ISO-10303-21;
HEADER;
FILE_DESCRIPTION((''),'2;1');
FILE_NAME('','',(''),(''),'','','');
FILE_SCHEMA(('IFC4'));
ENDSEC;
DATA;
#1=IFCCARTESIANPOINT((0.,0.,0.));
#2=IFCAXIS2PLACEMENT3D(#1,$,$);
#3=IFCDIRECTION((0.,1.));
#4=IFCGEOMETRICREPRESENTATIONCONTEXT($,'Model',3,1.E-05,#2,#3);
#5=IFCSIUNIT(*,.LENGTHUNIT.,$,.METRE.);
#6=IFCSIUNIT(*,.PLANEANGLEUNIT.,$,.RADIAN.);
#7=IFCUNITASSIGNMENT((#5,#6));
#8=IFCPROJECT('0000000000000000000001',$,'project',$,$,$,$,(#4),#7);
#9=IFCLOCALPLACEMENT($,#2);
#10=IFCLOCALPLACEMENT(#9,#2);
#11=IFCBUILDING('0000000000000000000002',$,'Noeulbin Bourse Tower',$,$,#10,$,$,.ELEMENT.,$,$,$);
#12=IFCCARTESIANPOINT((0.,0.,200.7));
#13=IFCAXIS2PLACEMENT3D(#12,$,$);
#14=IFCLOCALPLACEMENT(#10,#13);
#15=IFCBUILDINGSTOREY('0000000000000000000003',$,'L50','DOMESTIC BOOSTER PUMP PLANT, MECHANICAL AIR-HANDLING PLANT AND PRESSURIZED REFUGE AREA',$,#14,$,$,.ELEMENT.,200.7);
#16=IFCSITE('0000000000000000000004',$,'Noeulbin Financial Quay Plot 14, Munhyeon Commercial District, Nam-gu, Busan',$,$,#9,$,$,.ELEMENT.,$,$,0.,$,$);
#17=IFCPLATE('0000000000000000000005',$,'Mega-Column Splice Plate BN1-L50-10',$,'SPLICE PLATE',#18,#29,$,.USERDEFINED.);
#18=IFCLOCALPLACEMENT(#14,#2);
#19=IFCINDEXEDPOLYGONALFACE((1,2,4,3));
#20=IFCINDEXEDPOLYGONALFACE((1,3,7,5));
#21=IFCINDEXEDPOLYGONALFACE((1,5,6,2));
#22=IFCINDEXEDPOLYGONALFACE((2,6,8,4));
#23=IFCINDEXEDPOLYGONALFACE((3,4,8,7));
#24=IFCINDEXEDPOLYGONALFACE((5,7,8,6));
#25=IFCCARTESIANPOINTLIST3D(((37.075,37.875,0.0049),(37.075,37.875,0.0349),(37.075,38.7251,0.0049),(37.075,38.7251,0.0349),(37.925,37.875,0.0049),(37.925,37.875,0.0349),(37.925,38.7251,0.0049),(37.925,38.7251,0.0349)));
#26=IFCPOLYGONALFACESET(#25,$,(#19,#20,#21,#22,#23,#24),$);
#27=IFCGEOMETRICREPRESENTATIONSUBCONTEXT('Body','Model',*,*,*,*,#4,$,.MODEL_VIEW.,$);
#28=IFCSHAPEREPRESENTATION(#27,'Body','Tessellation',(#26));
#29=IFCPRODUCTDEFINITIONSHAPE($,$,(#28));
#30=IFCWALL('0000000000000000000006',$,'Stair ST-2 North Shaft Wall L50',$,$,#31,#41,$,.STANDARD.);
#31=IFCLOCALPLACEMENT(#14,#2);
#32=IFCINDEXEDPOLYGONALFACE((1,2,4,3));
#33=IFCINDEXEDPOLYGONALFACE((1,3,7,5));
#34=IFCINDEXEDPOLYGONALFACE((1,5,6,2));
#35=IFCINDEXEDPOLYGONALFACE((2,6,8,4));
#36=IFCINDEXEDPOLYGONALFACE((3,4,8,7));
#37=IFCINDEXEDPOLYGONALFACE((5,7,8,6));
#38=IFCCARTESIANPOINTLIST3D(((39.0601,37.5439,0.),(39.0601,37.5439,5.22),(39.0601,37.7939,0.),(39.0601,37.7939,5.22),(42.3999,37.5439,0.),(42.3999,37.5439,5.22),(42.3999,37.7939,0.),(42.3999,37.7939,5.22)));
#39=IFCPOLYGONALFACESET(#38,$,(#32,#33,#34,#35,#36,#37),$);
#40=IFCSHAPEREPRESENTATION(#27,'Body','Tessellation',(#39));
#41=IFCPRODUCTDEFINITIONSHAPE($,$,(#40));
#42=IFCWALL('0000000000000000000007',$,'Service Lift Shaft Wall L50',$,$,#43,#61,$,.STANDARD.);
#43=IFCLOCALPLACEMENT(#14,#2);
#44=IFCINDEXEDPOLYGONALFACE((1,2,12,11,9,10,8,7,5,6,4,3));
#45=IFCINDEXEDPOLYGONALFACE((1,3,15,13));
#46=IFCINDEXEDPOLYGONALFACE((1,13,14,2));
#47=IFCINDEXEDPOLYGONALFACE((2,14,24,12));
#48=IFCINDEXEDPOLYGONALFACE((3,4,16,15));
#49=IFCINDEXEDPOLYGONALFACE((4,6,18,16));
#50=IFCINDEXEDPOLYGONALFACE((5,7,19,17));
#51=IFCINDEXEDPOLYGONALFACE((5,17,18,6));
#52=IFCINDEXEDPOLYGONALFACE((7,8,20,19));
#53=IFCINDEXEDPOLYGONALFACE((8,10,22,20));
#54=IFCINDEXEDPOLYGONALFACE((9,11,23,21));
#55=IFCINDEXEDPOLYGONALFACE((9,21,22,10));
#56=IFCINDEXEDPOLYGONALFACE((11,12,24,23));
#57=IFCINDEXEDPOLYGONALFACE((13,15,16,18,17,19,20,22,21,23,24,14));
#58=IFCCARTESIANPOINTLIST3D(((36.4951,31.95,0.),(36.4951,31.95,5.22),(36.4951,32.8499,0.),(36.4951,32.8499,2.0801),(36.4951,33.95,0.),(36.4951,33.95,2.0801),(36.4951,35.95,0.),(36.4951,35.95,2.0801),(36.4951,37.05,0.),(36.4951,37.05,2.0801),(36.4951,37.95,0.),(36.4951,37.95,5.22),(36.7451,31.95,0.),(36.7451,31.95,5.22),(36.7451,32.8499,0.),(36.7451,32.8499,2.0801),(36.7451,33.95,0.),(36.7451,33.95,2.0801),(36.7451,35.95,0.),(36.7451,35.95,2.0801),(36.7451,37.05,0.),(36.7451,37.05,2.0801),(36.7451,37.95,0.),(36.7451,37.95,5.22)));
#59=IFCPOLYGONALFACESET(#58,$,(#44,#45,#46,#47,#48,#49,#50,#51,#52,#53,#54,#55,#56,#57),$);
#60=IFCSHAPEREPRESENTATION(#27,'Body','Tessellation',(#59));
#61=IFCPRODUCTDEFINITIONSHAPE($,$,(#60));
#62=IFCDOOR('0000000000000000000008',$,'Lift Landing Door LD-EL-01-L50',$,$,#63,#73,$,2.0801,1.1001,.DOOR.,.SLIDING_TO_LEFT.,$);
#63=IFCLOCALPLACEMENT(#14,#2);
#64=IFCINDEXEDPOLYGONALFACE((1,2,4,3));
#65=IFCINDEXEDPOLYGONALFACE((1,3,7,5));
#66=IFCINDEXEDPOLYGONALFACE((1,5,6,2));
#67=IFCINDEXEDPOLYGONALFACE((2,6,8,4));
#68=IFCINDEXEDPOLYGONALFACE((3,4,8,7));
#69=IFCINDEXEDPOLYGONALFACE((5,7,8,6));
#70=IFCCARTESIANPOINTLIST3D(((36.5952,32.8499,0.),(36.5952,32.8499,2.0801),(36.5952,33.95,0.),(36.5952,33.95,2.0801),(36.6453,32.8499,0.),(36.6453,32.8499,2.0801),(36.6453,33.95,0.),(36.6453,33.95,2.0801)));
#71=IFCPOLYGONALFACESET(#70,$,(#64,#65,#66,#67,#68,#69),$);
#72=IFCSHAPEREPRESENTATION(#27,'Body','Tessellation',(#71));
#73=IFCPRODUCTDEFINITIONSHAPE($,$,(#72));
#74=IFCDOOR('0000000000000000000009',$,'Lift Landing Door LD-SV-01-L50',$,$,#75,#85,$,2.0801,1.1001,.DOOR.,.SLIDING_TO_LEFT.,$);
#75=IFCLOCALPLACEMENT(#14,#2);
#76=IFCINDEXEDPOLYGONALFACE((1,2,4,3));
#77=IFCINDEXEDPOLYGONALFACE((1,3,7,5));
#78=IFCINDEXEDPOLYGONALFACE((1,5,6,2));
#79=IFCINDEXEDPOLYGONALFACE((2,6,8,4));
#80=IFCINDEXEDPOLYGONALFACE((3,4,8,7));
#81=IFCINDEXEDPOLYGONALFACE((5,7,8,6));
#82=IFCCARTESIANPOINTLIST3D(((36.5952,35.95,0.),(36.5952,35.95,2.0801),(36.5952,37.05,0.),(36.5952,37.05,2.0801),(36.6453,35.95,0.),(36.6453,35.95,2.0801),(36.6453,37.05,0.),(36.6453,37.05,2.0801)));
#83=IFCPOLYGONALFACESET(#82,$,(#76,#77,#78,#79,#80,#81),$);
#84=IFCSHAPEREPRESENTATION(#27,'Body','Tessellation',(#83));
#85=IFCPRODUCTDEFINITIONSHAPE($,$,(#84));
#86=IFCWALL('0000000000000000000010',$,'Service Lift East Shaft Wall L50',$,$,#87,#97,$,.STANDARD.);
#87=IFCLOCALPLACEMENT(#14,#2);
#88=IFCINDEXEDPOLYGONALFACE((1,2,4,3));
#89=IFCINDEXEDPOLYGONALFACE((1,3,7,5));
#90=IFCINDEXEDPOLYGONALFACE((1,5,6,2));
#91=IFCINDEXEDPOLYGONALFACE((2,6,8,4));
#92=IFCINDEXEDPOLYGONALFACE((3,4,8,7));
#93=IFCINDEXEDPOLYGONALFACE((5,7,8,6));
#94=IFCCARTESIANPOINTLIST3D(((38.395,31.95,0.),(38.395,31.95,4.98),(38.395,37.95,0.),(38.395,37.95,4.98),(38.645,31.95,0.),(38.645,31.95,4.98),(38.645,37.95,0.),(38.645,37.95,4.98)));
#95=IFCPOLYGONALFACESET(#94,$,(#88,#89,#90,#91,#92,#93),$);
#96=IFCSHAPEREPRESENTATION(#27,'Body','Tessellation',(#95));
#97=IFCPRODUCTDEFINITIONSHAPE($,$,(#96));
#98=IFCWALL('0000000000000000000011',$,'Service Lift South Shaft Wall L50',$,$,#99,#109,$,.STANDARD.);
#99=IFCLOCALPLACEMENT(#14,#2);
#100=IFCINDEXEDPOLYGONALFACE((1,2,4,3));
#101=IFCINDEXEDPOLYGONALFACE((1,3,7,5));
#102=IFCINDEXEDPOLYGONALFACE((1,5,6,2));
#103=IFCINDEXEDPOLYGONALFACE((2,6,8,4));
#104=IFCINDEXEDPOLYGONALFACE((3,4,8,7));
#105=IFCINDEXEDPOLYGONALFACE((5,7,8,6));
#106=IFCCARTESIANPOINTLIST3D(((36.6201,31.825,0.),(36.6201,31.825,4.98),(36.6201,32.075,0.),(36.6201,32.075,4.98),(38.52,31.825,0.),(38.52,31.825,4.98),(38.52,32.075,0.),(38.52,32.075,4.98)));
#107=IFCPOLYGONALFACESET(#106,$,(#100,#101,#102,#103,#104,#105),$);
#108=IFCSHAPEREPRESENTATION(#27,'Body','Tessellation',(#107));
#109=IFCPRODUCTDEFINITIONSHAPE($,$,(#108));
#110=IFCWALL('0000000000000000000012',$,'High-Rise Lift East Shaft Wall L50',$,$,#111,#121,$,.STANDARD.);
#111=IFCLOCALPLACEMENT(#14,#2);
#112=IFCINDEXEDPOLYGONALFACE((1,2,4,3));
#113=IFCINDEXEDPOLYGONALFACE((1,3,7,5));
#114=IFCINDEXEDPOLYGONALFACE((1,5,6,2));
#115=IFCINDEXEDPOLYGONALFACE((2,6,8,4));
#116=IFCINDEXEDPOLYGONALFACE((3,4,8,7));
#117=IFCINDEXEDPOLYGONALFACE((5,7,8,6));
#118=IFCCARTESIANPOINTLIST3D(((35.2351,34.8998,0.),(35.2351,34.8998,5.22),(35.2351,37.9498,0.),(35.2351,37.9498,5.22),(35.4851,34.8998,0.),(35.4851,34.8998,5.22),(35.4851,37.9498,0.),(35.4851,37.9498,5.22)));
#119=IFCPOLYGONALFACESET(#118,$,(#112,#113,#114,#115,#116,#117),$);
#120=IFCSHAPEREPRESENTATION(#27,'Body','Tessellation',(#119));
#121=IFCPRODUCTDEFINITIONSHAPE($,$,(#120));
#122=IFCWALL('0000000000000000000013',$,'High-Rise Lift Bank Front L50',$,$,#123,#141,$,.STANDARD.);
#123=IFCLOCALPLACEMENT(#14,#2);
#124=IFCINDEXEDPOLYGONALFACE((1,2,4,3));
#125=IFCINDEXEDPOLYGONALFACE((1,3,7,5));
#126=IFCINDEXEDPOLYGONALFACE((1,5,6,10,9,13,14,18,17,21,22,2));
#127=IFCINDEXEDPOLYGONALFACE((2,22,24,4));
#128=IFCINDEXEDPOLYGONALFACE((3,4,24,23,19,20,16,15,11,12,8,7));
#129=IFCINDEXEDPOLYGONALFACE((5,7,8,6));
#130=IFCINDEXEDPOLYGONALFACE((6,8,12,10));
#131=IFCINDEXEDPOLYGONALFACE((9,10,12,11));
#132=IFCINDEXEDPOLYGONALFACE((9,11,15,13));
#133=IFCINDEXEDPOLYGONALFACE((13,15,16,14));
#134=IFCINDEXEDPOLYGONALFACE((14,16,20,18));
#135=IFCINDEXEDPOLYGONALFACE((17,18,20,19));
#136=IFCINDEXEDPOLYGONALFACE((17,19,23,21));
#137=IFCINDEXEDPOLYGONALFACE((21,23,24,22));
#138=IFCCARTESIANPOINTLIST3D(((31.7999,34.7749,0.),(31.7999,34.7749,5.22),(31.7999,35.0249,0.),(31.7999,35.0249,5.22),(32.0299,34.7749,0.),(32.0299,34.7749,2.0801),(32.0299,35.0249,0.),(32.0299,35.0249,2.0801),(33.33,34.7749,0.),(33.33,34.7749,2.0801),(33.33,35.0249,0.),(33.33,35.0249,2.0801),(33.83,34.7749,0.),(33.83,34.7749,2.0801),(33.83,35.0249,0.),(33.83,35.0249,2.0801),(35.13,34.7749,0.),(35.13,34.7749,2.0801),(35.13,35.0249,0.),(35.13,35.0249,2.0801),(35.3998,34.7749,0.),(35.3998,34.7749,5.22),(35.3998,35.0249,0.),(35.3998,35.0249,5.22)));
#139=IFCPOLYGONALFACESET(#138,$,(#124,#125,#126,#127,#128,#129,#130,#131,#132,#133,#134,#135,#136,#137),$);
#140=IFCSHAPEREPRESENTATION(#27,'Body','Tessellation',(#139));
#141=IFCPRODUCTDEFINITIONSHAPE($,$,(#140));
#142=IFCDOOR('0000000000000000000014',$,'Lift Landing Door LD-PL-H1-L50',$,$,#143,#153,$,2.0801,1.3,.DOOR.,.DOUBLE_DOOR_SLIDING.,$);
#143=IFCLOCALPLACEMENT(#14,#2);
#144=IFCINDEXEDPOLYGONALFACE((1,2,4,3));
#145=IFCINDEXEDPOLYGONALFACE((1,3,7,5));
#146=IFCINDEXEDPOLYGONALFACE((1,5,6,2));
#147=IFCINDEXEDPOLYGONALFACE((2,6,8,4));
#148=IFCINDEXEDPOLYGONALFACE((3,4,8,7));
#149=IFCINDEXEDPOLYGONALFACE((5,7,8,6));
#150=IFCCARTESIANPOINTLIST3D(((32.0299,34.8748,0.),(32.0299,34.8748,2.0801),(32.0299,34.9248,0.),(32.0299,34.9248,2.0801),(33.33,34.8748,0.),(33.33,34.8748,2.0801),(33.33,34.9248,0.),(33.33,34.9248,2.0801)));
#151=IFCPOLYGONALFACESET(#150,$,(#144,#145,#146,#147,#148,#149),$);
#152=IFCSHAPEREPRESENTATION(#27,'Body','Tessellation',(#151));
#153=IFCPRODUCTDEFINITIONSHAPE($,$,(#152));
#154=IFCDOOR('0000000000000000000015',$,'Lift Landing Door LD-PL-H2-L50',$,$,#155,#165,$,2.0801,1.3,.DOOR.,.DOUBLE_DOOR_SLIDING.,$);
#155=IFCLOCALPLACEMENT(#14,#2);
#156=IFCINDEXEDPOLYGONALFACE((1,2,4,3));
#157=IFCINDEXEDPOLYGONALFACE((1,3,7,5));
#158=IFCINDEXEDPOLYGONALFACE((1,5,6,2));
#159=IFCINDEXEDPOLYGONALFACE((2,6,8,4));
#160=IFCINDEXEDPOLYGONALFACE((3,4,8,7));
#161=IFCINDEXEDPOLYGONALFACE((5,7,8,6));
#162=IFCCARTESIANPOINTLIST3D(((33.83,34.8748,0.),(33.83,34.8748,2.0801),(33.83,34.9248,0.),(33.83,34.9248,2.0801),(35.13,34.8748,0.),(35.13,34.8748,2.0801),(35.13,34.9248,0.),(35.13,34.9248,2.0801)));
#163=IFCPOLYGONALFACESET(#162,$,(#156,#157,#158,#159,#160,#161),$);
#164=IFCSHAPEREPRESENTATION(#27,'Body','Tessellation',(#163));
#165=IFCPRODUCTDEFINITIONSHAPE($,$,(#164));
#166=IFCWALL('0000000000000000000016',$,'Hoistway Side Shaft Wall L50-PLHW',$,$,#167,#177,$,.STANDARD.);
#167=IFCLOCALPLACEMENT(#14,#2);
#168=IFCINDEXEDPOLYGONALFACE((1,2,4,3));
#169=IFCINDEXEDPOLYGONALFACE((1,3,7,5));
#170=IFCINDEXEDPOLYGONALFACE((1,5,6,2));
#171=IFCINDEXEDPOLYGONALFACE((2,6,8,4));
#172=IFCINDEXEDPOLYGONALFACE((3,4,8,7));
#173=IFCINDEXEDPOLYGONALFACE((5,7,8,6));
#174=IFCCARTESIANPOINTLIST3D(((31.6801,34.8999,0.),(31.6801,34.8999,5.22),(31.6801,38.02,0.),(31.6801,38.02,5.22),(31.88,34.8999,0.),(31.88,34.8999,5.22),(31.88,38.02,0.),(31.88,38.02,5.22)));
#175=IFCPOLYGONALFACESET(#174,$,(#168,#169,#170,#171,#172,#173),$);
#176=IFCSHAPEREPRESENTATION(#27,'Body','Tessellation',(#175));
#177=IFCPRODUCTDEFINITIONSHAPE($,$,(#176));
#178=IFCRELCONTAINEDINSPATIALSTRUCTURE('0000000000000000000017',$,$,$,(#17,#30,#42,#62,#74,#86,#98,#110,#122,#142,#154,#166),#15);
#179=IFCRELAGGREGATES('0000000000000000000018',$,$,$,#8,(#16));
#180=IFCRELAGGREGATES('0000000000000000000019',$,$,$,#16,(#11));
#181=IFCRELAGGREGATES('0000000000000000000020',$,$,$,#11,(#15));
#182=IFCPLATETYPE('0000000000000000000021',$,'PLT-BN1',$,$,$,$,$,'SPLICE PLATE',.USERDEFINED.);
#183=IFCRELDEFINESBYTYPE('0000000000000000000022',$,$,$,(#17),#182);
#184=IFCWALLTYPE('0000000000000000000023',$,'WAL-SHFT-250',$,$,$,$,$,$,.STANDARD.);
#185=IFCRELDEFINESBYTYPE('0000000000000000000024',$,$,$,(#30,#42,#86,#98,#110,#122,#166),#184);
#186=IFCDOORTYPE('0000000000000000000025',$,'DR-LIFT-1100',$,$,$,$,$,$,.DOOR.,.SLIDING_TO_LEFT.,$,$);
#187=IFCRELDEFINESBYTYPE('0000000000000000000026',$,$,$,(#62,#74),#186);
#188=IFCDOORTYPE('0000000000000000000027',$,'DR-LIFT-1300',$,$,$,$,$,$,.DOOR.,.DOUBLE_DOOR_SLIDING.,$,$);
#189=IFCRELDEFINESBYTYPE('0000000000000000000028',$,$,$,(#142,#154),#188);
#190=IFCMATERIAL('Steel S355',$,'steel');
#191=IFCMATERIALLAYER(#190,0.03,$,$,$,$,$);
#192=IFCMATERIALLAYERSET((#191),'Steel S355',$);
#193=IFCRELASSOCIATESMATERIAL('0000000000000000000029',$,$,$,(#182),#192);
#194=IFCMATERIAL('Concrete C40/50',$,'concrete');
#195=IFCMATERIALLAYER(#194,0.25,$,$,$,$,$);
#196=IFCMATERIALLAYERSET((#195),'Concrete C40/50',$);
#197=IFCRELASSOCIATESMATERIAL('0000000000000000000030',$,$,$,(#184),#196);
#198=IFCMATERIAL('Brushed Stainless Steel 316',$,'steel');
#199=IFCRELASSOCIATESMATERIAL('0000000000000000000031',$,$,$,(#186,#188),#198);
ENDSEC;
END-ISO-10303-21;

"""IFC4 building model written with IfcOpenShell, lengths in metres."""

from ifc_helpers import new_model, si_unit, direction, frame, frame_2d, origin, origin_2d, place, context, subcontext, project, spatial, rectangle, extrude, material, layer, layer_set, type_object, element, fill, save


model = new_model("IFC4")

# Units and contexts
model_context = context("Model", 3, precision=1e-05, world=origin(), true_north=direction((0.0, 1.0)))
body_context = subcontext(model_context, "Body", "Model", "MODEL_VIEW")
ifc_project = project(units=[si_unit("LENGTHUNIT", "METRE"), si_unit("PLANEANGLEUNIT", "RADIAN")], contexts=[model_context])

# Site, building, storey
site_placement = place(None, origin())
site = spatial("IfcSite", under=ifc_project, at=site_placement, Name="Noeulbin Financial Quay Plot 14, Munhyeon Commercial District, Nam-gu, Busan", CompositionType="ELEMENT", RefElevation=0.0)
building_placement = place(site_placement, origin())
building = spatial("IfcBuilding", under=site, at=building_placement, Name="Noeulbin Bourse Tower", CompositionType="ELEMENT")
storey_placement = place(building_placement, frame((0.0, 0.0, 200.7)))
storey = spatial("IfcBuildingStorey", under=building, at=storey_placement, Name="L50", Description="DOMESTIC BOOSTER PUMP PLANT, MECHANICAL AIR-HANDLING PLANT AND PRESSURIZED REFUGE AREA", CompositionType="ELEMENT", Elevation=200.7)

# Plate
ifc_material_1 = material(Name="Steel S355", Category="steel")
ifc_layer_1 = layer(ifc_material_1, 0.03)
ifc_layer_set_1 = layer_set([ifc_layer_1], Name="Steel S355")
plate_type_1 = type_object("IfcPlateType", Name="PLT-BN1", ElementType="SPLICE PLATE", PredefinedType="USERDEFINED", material=ifc_layer_set_1)
for number, where, z_axis, x_axis, name in (
    (1, (37.5, 38.3, 0.0049), (0.0, 0.0, 1.0), (1.0, 0.0, 0.0), "Mega-Column Splice Plate BN1-L50-10"),
):
    element("IfcPlate", number, at=place(storey_placement, frame(where, z_axis=z_axis, x_axis=x_axis)), inside=storey, type_object=plate_type_1, Name=name, ObjectType="SPLICE PLATE", PredefinedType="USERDEFINED", context=body_context, shape_type="SweptSolid", body=[
        extrude(rectangle(XDim=0.8501, YDim=0.8501, at=origin_2d()), origin(), (0.0, 0.0, 1.0), 0.03),
    ])

# Wall
ifc_material_2 = material(Name="Concrete C40/50", Category="concrete")
ifc_layer_2 = layer(ifc_material_2, 0.25)
ifc_layer_set_2 = layer_set([ifc_layer_2], Name="Concrete C40/50")
wall_type = type_object("IfcWallType", Name="WAL-SHFT-250", PredefinedType="STANDARD", material=ifc_layer_set_2)
wall_1_placement = place(storey_placement, frame((39.0601, 37.6689, 0.0), z_axis=(0.0, 0.0, 1.0), x_axis=(1.0, 0.0, 0.0)))
element("IfcWall", 2, at=wall_1_placement, inside=storey, type_object=wall_type, Name="Stair ST-2 North Shaft Wall L50", PredefinedType="STANDARD", context=body_context, shape_type="SweptSolid", body=[
    extrude(rectangle(XDim=3.3398, YDim=0.25, at=frame_2d((1.6699, 0.0))), origin(), (0.0, 0.0, 1.0), 5.22),
])

# Wall, openings, doors
wall_2_placement = place(storey_placement, frame((36.6201, 31.95, 0.0), z_axis=(0.0, 0.0, 1.0), x_axis=(0.0, 1.0, 0.0)))
wall_2 = element("IfcWall", 3, at=wall_2_placement, inside=storey, type_object=wall_type, Name="Service Lift Shaft Wall L50", PredefinedType="STANDARD", context=body_context, shape_type="SweptSolid", body=[
    extrude(rectangle(XDim=6.0, YDim=0.25, at=frame_2d((3.0, 0.0))), origin(), (0.0, 0.0, 1.0), 5.22),
])
opening_1_placement = place(wall_2_placement, frame((0.8999, 0.0, 0.0)))
opening_1 = element("IfcOpeningElement", 4, at=opening_1_placement, cuts=wall_2, PredefinedType="OPENING", context=body_context, shape_type="SweptSolid", body=[
    extrude(rectangle(XDim=1.1001, YDim=2.0801, at=frame_2d((0.55, 1.04))), frame((0.0, 0.135, 0.0), z_axis=(0.0, -1.0, 0.0), x_axis=(1.0, 0.0, 0.0)), (0.0, 0.0, 1.0), 0.27),
])
opening_2_placement = place(wall_2_placement, frame((4.0, 0.0, 0.0)))
opening_2 = element("IfcOpeningElement", 5, at=opening_2_placement, cuts=wall_2, PredefinedType="OPENING", context=body_context, shape_type="SweptSolid", body=[
    extrude(rectangle(XDim=1.1001, YDim=2.0801, at=frame_2d((0.55, 1.04))), frame((0.0, 0.135, 0.0), z_axis=(0.0, -1.0, 0.0), x_axis=(1.0, 0.0, 0.0)), (0.0, 0.0, 1.0), 0.27),
])
ifc_material_3 = material(Name="Brushed Stainless Steel 316", Category="steel")
door_type_1 = type_object("IfcDoorType", Name="DR-LIFT-1100", OperationType="SLIDING_TO_LEFT", PredefinedType="DOOR", material=ifc_material_3)
door_1_placement = place(opening_1_placement, origin())
door_1 = element("IfcDoor", 6, at=door_1_placement, inside=storey, type_object=door_type_1, Name="Lift Landing Door LD-EL-01-L50", OperationType="SLIDING_TO_LEFT", OverallHeight=2.0801, OverallWidth=1.1001, PredefinedType="DOOR", context=body_context, shape_type="SweptSolid", body=[
    extrude(rectangle(XDim=1.1001, YDim=2.0801, at=frame_2d((0.55, 1.04))), frame((0.0, 0.0249, 0.0), z_axis=(0.0, -1.0, 0.0), x_axis=(1.0, 0.0, 0.0)), (0.0, 0.0, 1.0), 0.05),
])
fill(opening_1, door_1)
door_2_placement = place(opening_2_placement, origin())
door_2 = element("IfcDoor", 7, at=door_2_placement, inside=storey, type_object=door_type_1, Name="Lift Landing Door LD-SV-01-L50", OperationType="SLIDING_TO_LEFT", OverallHeight=2.0801, OverallWidth=1.1001, PredefinedType="DOOR", context=body_context, shape_type="SweptSolid", body=[
    extrude(rectangle(XDim=1.1001, YDim=2.0801, at=frame_2d((0.55, 1.04))), frame((0.0, 0.0249, 0.0), z_axis=(0.0, -1.0, 0.0), x_axis=(1.0, 0.0, 0.0)), (0.0, 0.0, 1.0), 0.05),
])
fill(opening_2, door_2)

# Walls
wall_3_placement = place(storey_placement, frame((38.52, 31.95, 0.0), z_axis=(0.0, 0.0, 1.0), x_axis=(0.0, 1.0, 0.0)))
element("IfcWall", 8, at=wall_3_placement, inside=storey, type_object=wall_type, Name="Service Lift East Shaft Wall L50", PredefinedType="STANDARD", context=body_context, shape_type="SweptSolid", body=[
    extrude(rectangle(XDim=6.0, YDim=0.25, at=frame_2d((3.0, 0.0))), origin(), (0.0, 0.0, 1.0), 4.98),
])
wall_4_placement = place(storey_placement, frame((36.6201, 31.95, 0.0), z_axis=(0.0, 0.0, 1.0), x_axis=(1.0, 0.0, 0.0)))
element("IfcWall", 9, at=wall_4_placement, inside=storey, type_object=wall_type, Name="Service Lift South Shaft Wall L50", PredefinedType="STANDARD", context=body_context, shape_type="SweptSolid", body=[
    extrude(rectangle(XDim=1.8999, YDim=0.25, at=frame_2d((0.95, 0.0))), origin(), (0.0, 0.0, 1.0), 4.98),
])
wall_5_placement = place(storey_placement, frame((35.3601, 34.8999, 0.0), z_axis=(0.0, 0.0, 1.0), x_axis=(0.0, 1.0, 0.0)))
element("IfcWall", 10, at=wall_5_placement, inside=storey, type_object=wall_type, Name="High-Rise Lift East Shaft Wall L50", PredefinedType="STANDARD", context=body_context, shape_type="SweptSolid", body=[
    extrude(rectangle(XDim=3.05, YDim=0.25, at=frame_2d((1.5249, 0.0))), origin(), (0.0, 0.0, 1.0), 5.22),
])

# Wall, openings, doors
wall_6_placement = place(storey_placement, frame((31.8, 34.8999, 0.0), z_axis=(0.0, 0.0, 1.0), x_axis=(1.0, 0.0, 0.0)))
wall_6 = element("IfcWall", 11, at=wall_6_placement, inside=storey, type_object=wall_type, Name="High-Rise Lift Bank Front L50", PredefinedType="STANDARD", context=body_context, shape_type="SweptSolid", body=[
    extrude(rectangle(XDim=3.5999, YDim=0.25, at=frame_2d((1.7998, 0.0))), origin(), (0.0, 0.0, 1.0), 5.22),
])
opening_3_placement = place(wall_6_placement, frame((0.23, 0.0, 0.0)))
opening_3 = element("IfcOpeningElement", 12, at=opening_3_placement, cuts=wall_6, PredefinedType="OPENING", context=body_context, shape_type="SweptSolid", body=[
    extrude(rectangle(XDim=1.3, YDim=2.0801, at=frame_2d((0.6499, 1.04))), frame((0.0, 0.135, 0.0), z_axis=(0.0, -1.0, 0.0), x_axis=(1.0, 0.0, 0.0)), (0.0, 0.0, 1.0), 0.27),
])
opening_4_placement = place(wall_6_placement, frame((2.03, 0.0, 0.0)))
opening_4 = element("IfcOpeningElement", 13, at=opening_4_placement, cuts=wall_6, PredefinedType="OPENING", context=body_context, shape_type="SweptSolid", body=[
    extrude(rectangle(XDim=1.3, YDim=2.0801, at=frame_2d((0.6499, 1.04))), frame((0.0, 0.135, 0.0), z_axis=(0.0, -1.0, 0.0), x_axis=(1.0, 0.0, 0.0)), (0.0, 0.0, 1.0), 0.27),
])
door_type_2 = type_object("IfcDoorType", Name="DR-LIFT-1300", OperationType="DOUBLE_DOOR_SLIDING", PredefinedType="DOOR", material=ifc_material_3)
door_3_placement = place(opening_3_placement, origin())
door_3 = element("IfcDoor", 14, at=door_3_placement, inside=storey, type_object=door_type_2, Name="Lift Landing Door LD-PL-H1-L50", OperationType="DOUBLE_DOOR_SLIDING", OverallHeight=2.0801, OverallWidth=1.3, PredefinedType="DOOR", context=body_context, shape_type="SweptSolid", body=[
    extrude(rectangle(XDim=1.3, YDim=2.0801, at=frame_2d((0.6499, 1.04))), frame((0.0, 0.0249, 0.0), z_axis=(0.0, -1.0, 0.0), x_axis=(1.0, 0.0, 0.0)), (0.0, 0.0, 1.0), 0.05),
])
fill(opening_3, door_3)
door_4_placement = place(opening_4_placement, origin())
door_4 = element("IfcDoor", 15, at=door_4_placement, inside=storey, type_object=door_type_2, Name="Lift Landing Door LD-PL-H2-L50", OperationType="DOUBLE_DOOR_SLIDING", OverallHeight=2.0801, OverallWidth=1.3, PredefinedType="DOOR", context=body_context, shape_type="SweptSolid", body=[
    extrude(rectangle(XDim=1.3, YDim=2.0801, at=frame_2d((0.6499, 1.04))), frame((0.0, 0.0249, 0.0), z_axis=(0.0, -1.0, 0.0), x_axis=(1.0, 0.0, 0.0)), (0.0, 0.0, 1.0), 0.05),
])
fill(opening_4, door_4)

# Wall
wall_7_placement = place(storey_placement, frame((31.78, 34.8999, 0.0), z_axis=(0.0, 0.0, 1.0), x_axis=(0.0, 1.0, 0.0)))
element("IfcWall", 16, at=wall_7_placement, inside=storey, type_object=wall_type, Name="Hoistway Side Shaft Wall L50-PLHW", PredefinedType="STANDARD", context=body_context, shape_type="SweptSolid", body=[
    extrude(rectangle(XDim=3.1201, YDim=0.2, at=frame_2d((1.5601, 0.0))), origin(), (0.0, 0.0, 1.0), 5.22),
])

save(model, "model.ifc")
